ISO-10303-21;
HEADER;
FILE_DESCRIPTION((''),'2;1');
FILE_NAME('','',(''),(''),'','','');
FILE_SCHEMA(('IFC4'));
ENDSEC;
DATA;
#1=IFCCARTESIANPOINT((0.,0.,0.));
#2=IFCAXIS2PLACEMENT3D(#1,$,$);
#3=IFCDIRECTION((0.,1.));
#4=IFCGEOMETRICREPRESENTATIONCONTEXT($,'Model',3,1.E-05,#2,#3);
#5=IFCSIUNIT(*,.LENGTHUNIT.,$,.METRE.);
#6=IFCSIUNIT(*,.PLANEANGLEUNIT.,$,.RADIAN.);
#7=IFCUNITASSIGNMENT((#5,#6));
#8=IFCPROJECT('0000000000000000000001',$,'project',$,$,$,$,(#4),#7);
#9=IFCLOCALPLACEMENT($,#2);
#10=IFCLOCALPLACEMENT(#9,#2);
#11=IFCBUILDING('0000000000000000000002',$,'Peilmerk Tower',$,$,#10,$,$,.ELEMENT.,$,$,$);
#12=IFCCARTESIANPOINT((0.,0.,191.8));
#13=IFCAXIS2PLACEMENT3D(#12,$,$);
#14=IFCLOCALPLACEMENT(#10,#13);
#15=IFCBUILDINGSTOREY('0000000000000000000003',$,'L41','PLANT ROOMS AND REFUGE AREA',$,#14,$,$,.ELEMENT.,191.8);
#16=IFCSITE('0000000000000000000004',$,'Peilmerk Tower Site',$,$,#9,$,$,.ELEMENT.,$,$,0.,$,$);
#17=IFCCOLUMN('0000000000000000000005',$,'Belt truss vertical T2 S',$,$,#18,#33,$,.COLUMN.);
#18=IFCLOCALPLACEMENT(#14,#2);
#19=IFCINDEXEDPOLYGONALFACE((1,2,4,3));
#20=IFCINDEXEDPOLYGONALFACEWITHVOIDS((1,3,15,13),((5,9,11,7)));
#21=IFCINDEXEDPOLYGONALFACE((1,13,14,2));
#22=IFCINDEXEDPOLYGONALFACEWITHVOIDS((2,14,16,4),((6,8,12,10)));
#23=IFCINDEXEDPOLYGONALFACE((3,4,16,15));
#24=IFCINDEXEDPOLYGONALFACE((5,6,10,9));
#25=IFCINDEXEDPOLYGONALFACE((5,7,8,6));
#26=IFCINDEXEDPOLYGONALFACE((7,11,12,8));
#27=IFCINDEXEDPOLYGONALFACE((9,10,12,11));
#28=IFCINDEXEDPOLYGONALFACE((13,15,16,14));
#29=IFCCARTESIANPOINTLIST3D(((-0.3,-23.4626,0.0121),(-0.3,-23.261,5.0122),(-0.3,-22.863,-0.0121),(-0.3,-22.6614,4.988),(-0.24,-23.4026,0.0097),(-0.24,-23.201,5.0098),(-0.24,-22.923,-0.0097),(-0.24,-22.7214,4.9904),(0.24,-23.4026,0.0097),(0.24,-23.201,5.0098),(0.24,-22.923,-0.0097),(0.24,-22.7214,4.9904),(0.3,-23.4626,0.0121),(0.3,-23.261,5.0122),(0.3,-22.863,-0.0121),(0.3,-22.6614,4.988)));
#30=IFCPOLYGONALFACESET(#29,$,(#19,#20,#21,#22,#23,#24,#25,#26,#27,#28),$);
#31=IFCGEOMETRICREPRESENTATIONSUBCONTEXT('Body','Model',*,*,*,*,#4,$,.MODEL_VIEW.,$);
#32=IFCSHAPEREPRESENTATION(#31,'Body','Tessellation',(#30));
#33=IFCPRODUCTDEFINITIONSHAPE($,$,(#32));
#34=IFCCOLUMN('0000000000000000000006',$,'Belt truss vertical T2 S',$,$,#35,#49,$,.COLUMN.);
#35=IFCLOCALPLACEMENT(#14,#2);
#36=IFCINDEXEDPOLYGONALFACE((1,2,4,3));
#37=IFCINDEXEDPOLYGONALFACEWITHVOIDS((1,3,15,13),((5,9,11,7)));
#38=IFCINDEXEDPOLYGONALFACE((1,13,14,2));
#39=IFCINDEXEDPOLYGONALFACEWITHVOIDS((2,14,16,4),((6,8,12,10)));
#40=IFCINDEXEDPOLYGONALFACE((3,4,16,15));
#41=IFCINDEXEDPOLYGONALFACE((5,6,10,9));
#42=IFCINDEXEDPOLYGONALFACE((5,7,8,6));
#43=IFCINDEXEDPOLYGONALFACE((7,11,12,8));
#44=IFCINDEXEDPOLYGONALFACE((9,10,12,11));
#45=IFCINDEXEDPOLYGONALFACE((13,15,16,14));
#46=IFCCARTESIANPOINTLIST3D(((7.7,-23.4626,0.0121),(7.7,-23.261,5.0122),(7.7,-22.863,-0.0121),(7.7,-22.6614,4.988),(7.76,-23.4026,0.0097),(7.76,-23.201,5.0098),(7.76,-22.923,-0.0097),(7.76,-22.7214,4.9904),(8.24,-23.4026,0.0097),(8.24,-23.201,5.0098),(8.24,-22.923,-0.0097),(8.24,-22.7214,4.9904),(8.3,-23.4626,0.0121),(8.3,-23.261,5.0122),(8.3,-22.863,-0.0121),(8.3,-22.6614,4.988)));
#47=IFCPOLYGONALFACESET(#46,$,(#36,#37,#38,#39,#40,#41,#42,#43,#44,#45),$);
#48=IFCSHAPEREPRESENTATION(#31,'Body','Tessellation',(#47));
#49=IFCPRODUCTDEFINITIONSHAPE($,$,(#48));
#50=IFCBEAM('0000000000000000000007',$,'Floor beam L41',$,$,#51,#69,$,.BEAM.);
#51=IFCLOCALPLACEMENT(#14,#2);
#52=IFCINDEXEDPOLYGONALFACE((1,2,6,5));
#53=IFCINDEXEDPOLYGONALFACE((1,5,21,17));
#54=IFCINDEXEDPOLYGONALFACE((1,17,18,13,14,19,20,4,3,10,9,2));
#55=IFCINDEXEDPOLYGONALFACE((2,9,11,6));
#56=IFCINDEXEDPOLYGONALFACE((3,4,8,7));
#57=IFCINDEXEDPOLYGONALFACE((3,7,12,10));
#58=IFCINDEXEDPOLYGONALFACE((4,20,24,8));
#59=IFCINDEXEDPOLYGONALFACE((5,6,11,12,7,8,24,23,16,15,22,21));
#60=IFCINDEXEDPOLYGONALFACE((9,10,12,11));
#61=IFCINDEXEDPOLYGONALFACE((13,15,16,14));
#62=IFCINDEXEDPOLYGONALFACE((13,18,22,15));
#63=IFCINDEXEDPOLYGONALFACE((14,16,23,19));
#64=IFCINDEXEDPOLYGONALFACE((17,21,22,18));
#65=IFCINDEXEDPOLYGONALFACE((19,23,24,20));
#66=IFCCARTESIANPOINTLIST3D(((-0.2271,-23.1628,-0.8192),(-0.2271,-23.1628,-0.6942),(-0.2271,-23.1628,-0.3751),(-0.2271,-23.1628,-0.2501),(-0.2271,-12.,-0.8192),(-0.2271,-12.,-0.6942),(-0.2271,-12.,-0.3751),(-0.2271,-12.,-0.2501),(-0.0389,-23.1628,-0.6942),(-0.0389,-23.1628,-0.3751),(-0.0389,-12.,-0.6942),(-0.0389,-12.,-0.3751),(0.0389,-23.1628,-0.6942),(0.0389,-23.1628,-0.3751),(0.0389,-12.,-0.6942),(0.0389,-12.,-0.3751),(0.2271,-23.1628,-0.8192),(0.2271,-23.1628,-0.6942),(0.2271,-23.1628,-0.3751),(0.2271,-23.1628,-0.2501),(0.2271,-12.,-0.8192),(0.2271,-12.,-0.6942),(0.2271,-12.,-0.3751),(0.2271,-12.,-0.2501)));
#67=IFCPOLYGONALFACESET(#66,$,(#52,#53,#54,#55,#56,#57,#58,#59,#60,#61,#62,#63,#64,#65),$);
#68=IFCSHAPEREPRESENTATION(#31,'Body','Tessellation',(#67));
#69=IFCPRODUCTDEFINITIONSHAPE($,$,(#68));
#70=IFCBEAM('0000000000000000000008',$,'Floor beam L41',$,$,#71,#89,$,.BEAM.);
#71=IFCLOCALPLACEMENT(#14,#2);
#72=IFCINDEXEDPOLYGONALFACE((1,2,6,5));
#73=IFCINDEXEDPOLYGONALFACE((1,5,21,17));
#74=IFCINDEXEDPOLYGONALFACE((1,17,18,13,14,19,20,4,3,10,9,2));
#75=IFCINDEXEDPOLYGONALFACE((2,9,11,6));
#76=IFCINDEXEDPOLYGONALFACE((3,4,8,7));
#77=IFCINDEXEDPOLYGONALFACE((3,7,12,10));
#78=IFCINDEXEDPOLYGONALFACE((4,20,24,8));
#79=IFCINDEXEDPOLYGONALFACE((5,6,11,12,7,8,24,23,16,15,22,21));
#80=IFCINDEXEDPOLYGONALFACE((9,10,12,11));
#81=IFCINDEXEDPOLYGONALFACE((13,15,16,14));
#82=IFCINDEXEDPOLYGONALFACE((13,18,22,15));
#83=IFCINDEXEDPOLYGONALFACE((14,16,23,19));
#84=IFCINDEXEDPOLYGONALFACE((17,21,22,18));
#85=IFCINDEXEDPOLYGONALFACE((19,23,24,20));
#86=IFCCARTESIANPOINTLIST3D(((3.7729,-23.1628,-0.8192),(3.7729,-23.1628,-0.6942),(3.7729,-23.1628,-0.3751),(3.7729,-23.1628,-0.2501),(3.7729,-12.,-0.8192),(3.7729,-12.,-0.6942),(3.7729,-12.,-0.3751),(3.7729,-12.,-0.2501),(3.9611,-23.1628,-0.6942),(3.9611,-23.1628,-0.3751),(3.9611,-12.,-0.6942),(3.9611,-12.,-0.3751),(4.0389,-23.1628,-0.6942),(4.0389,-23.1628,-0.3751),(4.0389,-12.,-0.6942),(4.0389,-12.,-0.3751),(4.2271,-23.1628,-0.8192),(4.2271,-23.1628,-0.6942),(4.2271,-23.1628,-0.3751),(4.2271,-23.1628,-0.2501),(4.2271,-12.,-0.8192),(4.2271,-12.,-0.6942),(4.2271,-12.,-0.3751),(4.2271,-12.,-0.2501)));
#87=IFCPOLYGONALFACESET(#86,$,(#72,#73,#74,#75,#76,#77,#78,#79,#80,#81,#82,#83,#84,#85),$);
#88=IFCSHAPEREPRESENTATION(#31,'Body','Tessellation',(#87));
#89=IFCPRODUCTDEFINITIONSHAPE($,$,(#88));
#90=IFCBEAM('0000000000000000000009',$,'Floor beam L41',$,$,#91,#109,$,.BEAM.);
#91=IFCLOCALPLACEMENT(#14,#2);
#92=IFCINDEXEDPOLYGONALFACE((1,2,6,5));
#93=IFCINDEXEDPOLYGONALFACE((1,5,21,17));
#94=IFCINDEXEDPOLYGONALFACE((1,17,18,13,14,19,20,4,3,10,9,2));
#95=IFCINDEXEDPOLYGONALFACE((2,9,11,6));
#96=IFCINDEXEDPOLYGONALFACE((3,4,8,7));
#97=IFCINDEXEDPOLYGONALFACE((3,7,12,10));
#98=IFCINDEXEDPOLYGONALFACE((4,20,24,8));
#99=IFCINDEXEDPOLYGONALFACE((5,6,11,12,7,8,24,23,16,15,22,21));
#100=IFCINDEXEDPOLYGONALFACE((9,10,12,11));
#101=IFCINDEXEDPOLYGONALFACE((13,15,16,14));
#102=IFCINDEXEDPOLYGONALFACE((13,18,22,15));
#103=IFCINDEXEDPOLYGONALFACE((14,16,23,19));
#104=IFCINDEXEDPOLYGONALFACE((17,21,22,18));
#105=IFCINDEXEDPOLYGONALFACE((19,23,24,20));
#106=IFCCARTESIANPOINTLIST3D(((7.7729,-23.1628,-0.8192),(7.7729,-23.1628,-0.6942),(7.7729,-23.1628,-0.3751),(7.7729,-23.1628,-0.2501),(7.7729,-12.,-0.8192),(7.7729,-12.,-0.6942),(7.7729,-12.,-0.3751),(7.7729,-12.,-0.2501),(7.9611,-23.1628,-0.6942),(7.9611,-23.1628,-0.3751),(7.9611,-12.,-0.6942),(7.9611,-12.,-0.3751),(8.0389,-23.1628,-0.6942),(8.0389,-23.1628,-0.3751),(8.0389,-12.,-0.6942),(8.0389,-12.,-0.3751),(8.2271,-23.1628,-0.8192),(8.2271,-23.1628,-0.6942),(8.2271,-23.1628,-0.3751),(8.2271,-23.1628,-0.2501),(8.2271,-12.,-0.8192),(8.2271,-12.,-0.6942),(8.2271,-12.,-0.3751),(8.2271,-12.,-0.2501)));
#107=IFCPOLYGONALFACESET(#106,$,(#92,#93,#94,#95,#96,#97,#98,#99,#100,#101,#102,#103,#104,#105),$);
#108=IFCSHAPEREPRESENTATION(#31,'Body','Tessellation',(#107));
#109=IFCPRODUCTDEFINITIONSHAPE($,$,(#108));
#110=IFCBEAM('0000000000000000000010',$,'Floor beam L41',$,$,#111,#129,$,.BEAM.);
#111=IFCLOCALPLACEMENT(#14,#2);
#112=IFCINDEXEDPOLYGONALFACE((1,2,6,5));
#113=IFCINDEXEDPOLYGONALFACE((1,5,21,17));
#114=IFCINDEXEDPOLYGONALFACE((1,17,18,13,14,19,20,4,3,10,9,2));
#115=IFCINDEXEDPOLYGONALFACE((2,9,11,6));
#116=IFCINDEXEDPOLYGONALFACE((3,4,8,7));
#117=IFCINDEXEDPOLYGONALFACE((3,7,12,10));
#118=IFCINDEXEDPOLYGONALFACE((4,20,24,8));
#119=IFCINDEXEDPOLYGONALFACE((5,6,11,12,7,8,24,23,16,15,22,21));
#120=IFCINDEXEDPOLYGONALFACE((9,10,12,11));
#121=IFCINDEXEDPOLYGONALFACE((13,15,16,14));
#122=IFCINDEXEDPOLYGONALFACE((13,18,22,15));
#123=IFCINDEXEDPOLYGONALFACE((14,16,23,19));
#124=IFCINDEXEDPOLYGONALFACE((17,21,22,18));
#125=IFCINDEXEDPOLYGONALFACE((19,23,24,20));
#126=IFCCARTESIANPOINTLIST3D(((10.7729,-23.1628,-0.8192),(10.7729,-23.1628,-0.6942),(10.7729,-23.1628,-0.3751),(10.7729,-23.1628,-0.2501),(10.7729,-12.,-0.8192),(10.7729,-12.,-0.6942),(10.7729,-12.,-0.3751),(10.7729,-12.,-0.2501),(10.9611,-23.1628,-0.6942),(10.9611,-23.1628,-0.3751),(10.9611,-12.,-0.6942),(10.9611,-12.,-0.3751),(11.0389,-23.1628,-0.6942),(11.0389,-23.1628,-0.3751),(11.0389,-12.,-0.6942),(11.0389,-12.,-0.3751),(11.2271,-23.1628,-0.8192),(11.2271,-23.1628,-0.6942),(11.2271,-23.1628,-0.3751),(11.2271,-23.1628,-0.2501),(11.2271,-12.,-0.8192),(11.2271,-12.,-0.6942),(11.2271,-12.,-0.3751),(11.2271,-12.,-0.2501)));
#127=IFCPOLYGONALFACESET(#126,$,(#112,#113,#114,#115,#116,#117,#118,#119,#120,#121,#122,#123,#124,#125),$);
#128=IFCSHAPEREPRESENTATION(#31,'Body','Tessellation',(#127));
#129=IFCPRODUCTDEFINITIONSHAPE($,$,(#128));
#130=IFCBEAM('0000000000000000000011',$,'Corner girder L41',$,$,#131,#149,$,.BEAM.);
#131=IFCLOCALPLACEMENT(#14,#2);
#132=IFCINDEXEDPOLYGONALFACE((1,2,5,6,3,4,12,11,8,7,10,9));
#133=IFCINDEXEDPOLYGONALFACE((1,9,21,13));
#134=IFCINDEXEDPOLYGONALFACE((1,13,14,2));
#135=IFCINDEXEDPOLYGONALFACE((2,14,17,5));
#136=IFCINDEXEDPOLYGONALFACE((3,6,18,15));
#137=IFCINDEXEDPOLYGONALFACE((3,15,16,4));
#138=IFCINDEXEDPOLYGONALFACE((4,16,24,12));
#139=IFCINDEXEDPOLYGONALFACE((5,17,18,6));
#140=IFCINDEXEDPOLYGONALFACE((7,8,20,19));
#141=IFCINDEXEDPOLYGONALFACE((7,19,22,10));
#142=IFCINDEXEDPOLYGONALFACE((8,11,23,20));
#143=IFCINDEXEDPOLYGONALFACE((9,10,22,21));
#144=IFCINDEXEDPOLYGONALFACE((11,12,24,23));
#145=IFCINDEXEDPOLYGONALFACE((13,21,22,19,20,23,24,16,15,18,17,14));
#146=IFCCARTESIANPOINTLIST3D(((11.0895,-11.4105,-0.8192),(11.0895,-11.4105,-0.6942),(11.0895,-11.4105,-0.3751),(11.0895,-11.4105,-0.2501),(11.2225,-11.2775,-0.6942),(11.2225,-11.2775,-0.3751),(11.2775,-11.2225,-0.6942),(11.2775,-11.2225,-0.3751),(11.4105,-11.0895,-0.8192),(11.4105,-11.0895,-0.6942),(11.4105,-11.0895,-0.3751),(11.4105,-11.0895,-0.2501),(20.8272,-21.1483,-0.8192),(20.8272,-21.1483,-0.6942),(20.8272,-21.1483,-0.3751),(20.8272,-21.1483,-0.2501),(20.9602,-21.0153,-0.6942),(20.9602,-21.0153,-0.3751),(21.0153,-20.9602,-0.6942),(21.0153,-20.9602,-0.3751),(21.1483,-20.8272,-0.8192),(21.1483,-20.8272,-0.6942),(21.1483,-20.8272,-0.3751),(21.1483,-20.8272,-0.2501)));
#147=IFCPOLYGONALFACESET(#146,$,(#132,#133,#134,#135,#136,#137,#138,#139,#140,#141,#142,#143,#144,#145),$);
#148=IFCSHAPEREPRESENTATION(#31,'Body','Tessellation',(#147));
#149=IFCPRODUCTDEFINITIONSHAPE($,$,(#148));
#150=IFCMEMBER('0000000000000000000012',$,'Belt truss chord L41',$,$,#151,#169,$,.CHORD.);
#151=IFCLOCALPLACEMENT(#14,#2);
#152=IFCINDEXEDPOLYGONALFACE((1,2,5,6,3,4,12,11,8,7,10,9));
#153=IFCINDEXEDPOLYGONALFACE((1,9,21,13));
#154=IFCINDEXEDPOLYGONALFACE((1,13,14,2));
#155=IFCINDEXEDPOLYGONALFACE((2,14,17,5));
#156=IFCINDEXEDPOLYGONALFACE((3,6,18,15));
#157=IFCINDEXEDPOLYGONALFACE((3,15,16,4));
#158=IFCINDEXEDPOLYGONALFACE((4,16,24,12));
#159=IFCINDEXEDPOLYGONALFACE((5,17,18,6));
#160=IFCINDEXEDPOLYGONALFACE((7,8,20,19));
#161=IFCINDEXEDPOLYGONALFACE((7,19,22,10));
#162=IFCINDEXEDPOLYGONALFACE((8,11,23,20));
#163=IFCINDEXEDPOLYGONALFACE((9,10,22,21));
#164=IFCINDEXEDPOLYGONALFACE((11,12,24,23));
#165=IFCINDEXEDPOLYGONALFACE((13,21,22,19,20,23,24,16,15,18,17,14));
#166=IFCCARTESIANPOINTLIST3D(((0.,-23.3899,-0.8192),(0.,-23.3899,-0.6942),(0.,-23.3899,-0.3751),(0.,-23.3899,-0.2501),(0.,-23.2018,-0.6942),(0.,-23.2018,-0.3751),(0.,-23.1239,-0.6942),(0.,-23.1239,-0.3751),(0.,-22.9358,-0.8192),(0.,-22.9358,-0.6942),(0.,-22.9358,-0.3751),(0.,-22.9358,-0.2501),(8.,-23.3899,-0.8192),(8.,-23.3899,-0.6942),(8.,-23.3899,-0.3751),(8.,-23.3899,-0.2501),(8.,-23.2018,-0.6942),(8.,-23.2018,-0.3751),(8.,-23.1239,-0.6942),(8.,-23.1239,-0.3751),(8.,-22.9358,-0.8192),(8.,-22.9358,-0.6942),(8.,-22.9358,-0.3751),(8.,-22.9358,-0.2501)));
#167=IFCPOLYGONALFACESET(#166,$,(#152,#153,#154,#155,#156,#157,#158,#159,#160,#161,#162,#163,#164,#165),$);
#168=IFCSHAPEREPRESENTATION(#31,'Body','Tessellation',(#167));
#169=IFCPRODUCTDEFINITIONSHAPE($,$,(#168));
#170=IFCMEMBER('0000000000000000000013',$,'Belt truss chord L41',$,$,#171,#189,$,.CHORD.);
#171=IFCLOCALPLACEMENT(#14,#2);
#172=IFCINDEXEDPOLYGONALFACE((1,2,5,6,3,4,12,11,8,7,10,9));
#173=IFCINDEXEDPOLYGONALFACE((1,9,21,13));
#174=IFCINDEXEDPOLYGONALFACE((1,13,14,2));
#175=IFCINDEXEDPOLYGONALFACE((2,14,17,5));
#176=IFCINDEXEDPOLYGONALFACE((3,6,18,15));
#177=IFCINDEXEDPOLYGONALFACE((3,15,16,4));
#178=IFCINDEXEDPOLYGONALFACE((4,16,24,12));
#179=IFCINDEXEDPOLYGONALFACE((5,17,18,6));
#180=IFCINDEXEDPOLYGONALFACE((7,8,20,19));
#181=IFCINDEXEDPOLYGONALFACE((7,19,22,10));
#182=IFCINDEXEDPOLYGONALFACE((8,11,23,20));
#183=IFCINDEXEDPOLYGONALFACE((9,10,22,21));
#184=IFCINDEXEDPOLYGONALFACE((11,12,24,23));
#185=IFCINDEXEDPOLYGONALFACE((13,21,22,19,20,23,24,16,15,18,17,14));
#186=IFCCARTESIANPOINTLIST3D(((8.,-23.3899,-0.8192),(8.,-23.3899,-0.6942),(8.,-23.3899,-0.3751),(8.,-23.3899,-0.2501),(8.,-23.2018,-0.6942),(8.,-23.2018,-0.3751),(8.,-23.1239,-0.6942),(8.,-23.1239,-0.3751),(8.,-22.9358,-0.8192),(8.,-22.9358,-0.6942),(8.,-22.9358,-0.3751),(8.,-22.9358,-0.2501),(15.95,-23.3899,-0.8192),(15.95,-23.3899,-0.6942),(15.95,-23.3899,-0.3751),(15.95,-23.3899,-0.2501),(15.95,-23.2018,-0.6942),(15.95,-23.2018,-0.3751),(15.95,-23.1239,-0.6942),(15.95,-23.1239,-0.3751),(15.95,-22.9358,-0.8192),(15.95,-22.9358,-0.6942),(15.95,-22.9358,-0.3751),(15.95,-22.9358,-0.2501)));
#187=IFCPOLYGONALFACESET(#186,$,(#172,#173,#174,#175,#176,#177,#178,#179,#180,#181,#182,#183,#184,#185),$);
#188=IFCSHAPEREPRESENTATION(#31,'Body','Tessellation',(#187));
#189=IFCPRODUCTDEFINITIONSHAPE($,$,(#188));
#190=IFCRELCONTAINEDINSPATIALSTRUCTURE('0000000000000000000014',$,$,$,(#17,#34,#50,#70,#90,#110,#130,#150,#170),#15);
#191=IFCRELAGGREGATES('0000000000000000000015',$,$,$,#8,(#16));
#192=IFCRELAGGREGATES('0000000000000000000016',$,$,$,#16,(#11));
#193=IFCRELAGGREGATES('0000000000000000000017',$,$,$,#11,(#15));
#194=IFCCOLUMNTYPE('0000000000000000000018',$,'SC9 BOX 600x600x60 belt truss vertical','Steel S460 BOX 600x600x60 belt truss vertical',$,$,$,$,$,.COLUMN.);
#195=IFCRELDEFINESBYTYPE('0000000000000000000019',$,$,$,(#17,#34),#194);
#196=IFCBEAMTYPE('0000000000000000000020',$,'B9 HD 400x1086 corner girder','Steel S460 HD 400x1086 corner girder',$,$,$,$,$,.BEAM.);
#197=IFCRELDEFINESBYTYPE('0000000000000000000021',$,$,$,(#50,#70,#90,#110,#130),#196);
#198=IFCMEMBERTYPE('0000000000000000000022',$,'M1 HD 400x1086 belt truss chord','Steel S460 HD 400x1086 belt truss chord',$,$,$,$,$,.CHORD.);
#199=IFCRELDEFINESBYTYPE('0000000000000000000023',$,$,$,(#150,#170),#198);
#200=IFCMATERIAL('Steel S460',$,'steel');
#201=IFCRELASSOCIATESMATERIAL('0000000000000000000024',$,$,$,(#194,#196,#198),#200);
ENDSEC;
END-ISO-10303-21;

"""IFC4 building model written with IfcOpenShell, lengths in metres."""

from ifc_helpers import new_model, si_unit, direction, frame, origin, origin_2d, place, context, subcontext, project, spatial, hollow_rectangle, i_section, extrude, material, material_profile, profile_set, type_object, element, save


model = new_model("IFC4")

# Units and contexts
model_context = context("Model", 3, precision=1e-05, world=origin(), true_north=direction((0.0, 1.0)))
body_context = subcontext(model_context, "Body", "Model", "MODEL_VIEW")
ifc_project = project(units=[si_unit("LENGTHUNIT", "METRE"), si_unit("PLANEANGLEUNIT", "RADIAN")], contexts=[model_context])

# Site, building, storey
site_placement = place(None, origin())
site = spatial("IfcSite", under=ifc_project, at=site_placement, Name="Peilmerk Tower Site", CompositionType="ELEMENT", RefElevation=0.0)
building_placement = place(site_placement, origin())
building = spatial("IfcBuilding", under=site, at=building_placement, Name="Peilmerk Tower", CompositionType="ELEMENT")
storey_placement = place(building_placement, frame((0.0, 0.0, 191.8)))
storey = spatial("IfcBuildingStorey", under=building, at=storey_placement, Name="L41", Description="PLANT ROOMS AND REFUGE AREA", CompositionType="ELEMENT", Elevation=191.8)

# Columns
ifc_material_1 = material(Name="Steel S460", Category="steel")
ifc_material_profile_1 = material_profile(ifc_material_1, hollow_rectangle(XDim=0.6001, YDim=0.6001, WallThickness=0.0601, at=origin_2d()), Name="BOX 600x600x60")
ifc_profile_set_1 = profile_set([ifc_material_profile_1], Name="Steel S460")
column_type = type_object("IfcColumnType", Name="SC9 BOX 600x600x60 belt truss vertical", Description="Steel S460 BOX 600x600x60 belt truss vertical", PredefinedType="COLUMN", material=ifc_profile_set_1)
for number, where, z_axis, x_axis, name in (
    (1, (0.0, -23.1628, 0.0), (0.0, 0.040299, 0.999188), (-1.0, 0.0, 0.0), "Belt truss vertical T2 S"),
    (2, (8.0, -23.1628, 0.0), (0.0, 0.040299, 0.999188), (-1.0, 0.0, 0.0), "Belt truss vertical T2 S"),
):
    element("IfcColumn", number, at=place(storey_placement, frame(where, z_axis=z_axis, x_axis=x_axis)), inside=storey, type_object=column_type, Name=name, PredefinedType="COLUMN", context=body_context, shape_type="SweptSolid", body=[
        extrude(hollow_rectangle(XDim=0.6001, YDim=0.6001, WallThickness=0.0601, at=origin_2d()), origin(), (0.0, 0.0, 1.0), 5.0042),
    ])

# Beams
ifc_material_profile_2 = material_profile(ifc_material_1, i_section(OverallWidth=0.4541, OverallDepth=0.5691, WebThickness=0.0779, FlangeThickness=0.125, at=origin_2d()), Name="HD 400x1086")
ifc_profile_set_2 = profile_set([ifc_material_profile_2], Name="Steel S460")
beam_type = type_object("IfcBeamType", Name="B9 HD 400x1086 corner girder", Description="Steel S460 HD 400x1086 corner girder", PredefinedType="BEAM", material=ifc_profile_set_2)
for number, where, z_axis, x_axis, name in (
    (3, (0.0, -12.0, -0.5347), (0.0, -1.0, 0.0), (1.0, 0.0, 0.0), "Floor beam L41"),
    (4, (4.0, -12.0, -0.5347), (0.0, -1.0, 0.0), (1.0, 0.0, 0.0), "Floor beam L41"),
    (5, (8.0, -12.0, -0.5347), (0.0, -1.0, 0.0), (1.0, 0.0, 0.0), "Floor beam L41"),
    (6, (11.0, -12.0, -0.5347), (0.0, -1.0, 0.0), (1.0, 0.0, 0.0), "Floor beam L41"),
):
    element("IfcBeam", number, at=place(storey_placement, frame(where, z_axis=z_axis, x_axis=x_axis)), inside=storey, type_object=beam_type, Name=name, PredefinedType="BEAM", context=body_context, shape_type="SweptSolid", body=[
        extrude(i_section(OverallWidth=0.4541, OverallDepth=0.5691, WebThickness=0.0779, FlangeThickness=0.125, at=origin_2d()), origin(), (0.0, 0.0, 1.0), 11.1628),
    ])
beam_placement = place(storey_placement, frame((11.25, -11.25, -0.5347), z_axis=(0.707107, -0.707107, 0.0), x_axis=(0.707107, 0.707107, 0.0)))
element("IfcBeam", 7, at=beam_placement, inside=storey, type_object=beam_type, Name="Corner girder L41", PredefinedType="BEAM", context=body_context, shape_type="SweptSolid", body=[
    extrude(i_section(OverallWidth=0.4541, OverallDepth=0.5691, WebThickness=0.0779, FlangeThickness=0.125, at=origin_2d()), origin(), (0.0, 0.0, 1.0), 13.7712),
])

# Members
ifc_material_profile_3 = material_profile(ifc_material_1, i_section(OverallWidth=0.4541, OverallDepth=0.5691, WebThickness=0.0779, FlangeThickness=0.125, at=origin_2d()), Name="HD 400x1086")
ifc_profile_set_3 = profile_set([ifc_material_profile_3], Name="Steel S460")
member_type_1 = type_object("IfcMemberType", Name="M1 HD 400x1086 belt truss chord", Description="Steel S460 HD 400x1086 belt truss chord", PredefinedType="CHORD", material=ifc_profile_set_3)
member_1_placement = place(storey_placement, frame((0.0, -23.1628, -0.5347), z_axis=(1.0, 0.0, 0.0), x_axis=(0.0, 1.0, 0.0)))
element("IfcMember", 8, at=member_1_placement, inside=storey, type_object=member_type_1, Name="Belt truss chord L41", PredefinedType="CHORD", context=body_context, shape_type="SweptSolid", body=[
    extrude(i_section(OverallWidth=0.4541, OverallDepth=0.5691, WebThickness=0.0779, FlangeThickness=0.125, at=origin_2d()), origin(), (0.0, 0.0, 1.0), 8.0),
])
member_2_placement = place(storey_placement, frame((8.0, -23.1628, -0.5347), z_axis=(1.0, 0.0, 0.0), x_axis=(0.0, 1.0, 0.0)))
element("IfcMember", 9, at=member_2_placement, inside=storey, type_object=member_type_1, Name="Belt truss chord L41", PredefinedType="CHORD", context=body_context, shape_type="SweptSolid", body=[
    extrude(i_section(OverallWidth=0.4541, OverallDepth=0.5691, WebThickness=0.0779, FlangeThickness=0.125, at=origin_2d()), origin(), (0.0, 0.0, 1.0), 7.95),
])

save(model, "model.ifc")
